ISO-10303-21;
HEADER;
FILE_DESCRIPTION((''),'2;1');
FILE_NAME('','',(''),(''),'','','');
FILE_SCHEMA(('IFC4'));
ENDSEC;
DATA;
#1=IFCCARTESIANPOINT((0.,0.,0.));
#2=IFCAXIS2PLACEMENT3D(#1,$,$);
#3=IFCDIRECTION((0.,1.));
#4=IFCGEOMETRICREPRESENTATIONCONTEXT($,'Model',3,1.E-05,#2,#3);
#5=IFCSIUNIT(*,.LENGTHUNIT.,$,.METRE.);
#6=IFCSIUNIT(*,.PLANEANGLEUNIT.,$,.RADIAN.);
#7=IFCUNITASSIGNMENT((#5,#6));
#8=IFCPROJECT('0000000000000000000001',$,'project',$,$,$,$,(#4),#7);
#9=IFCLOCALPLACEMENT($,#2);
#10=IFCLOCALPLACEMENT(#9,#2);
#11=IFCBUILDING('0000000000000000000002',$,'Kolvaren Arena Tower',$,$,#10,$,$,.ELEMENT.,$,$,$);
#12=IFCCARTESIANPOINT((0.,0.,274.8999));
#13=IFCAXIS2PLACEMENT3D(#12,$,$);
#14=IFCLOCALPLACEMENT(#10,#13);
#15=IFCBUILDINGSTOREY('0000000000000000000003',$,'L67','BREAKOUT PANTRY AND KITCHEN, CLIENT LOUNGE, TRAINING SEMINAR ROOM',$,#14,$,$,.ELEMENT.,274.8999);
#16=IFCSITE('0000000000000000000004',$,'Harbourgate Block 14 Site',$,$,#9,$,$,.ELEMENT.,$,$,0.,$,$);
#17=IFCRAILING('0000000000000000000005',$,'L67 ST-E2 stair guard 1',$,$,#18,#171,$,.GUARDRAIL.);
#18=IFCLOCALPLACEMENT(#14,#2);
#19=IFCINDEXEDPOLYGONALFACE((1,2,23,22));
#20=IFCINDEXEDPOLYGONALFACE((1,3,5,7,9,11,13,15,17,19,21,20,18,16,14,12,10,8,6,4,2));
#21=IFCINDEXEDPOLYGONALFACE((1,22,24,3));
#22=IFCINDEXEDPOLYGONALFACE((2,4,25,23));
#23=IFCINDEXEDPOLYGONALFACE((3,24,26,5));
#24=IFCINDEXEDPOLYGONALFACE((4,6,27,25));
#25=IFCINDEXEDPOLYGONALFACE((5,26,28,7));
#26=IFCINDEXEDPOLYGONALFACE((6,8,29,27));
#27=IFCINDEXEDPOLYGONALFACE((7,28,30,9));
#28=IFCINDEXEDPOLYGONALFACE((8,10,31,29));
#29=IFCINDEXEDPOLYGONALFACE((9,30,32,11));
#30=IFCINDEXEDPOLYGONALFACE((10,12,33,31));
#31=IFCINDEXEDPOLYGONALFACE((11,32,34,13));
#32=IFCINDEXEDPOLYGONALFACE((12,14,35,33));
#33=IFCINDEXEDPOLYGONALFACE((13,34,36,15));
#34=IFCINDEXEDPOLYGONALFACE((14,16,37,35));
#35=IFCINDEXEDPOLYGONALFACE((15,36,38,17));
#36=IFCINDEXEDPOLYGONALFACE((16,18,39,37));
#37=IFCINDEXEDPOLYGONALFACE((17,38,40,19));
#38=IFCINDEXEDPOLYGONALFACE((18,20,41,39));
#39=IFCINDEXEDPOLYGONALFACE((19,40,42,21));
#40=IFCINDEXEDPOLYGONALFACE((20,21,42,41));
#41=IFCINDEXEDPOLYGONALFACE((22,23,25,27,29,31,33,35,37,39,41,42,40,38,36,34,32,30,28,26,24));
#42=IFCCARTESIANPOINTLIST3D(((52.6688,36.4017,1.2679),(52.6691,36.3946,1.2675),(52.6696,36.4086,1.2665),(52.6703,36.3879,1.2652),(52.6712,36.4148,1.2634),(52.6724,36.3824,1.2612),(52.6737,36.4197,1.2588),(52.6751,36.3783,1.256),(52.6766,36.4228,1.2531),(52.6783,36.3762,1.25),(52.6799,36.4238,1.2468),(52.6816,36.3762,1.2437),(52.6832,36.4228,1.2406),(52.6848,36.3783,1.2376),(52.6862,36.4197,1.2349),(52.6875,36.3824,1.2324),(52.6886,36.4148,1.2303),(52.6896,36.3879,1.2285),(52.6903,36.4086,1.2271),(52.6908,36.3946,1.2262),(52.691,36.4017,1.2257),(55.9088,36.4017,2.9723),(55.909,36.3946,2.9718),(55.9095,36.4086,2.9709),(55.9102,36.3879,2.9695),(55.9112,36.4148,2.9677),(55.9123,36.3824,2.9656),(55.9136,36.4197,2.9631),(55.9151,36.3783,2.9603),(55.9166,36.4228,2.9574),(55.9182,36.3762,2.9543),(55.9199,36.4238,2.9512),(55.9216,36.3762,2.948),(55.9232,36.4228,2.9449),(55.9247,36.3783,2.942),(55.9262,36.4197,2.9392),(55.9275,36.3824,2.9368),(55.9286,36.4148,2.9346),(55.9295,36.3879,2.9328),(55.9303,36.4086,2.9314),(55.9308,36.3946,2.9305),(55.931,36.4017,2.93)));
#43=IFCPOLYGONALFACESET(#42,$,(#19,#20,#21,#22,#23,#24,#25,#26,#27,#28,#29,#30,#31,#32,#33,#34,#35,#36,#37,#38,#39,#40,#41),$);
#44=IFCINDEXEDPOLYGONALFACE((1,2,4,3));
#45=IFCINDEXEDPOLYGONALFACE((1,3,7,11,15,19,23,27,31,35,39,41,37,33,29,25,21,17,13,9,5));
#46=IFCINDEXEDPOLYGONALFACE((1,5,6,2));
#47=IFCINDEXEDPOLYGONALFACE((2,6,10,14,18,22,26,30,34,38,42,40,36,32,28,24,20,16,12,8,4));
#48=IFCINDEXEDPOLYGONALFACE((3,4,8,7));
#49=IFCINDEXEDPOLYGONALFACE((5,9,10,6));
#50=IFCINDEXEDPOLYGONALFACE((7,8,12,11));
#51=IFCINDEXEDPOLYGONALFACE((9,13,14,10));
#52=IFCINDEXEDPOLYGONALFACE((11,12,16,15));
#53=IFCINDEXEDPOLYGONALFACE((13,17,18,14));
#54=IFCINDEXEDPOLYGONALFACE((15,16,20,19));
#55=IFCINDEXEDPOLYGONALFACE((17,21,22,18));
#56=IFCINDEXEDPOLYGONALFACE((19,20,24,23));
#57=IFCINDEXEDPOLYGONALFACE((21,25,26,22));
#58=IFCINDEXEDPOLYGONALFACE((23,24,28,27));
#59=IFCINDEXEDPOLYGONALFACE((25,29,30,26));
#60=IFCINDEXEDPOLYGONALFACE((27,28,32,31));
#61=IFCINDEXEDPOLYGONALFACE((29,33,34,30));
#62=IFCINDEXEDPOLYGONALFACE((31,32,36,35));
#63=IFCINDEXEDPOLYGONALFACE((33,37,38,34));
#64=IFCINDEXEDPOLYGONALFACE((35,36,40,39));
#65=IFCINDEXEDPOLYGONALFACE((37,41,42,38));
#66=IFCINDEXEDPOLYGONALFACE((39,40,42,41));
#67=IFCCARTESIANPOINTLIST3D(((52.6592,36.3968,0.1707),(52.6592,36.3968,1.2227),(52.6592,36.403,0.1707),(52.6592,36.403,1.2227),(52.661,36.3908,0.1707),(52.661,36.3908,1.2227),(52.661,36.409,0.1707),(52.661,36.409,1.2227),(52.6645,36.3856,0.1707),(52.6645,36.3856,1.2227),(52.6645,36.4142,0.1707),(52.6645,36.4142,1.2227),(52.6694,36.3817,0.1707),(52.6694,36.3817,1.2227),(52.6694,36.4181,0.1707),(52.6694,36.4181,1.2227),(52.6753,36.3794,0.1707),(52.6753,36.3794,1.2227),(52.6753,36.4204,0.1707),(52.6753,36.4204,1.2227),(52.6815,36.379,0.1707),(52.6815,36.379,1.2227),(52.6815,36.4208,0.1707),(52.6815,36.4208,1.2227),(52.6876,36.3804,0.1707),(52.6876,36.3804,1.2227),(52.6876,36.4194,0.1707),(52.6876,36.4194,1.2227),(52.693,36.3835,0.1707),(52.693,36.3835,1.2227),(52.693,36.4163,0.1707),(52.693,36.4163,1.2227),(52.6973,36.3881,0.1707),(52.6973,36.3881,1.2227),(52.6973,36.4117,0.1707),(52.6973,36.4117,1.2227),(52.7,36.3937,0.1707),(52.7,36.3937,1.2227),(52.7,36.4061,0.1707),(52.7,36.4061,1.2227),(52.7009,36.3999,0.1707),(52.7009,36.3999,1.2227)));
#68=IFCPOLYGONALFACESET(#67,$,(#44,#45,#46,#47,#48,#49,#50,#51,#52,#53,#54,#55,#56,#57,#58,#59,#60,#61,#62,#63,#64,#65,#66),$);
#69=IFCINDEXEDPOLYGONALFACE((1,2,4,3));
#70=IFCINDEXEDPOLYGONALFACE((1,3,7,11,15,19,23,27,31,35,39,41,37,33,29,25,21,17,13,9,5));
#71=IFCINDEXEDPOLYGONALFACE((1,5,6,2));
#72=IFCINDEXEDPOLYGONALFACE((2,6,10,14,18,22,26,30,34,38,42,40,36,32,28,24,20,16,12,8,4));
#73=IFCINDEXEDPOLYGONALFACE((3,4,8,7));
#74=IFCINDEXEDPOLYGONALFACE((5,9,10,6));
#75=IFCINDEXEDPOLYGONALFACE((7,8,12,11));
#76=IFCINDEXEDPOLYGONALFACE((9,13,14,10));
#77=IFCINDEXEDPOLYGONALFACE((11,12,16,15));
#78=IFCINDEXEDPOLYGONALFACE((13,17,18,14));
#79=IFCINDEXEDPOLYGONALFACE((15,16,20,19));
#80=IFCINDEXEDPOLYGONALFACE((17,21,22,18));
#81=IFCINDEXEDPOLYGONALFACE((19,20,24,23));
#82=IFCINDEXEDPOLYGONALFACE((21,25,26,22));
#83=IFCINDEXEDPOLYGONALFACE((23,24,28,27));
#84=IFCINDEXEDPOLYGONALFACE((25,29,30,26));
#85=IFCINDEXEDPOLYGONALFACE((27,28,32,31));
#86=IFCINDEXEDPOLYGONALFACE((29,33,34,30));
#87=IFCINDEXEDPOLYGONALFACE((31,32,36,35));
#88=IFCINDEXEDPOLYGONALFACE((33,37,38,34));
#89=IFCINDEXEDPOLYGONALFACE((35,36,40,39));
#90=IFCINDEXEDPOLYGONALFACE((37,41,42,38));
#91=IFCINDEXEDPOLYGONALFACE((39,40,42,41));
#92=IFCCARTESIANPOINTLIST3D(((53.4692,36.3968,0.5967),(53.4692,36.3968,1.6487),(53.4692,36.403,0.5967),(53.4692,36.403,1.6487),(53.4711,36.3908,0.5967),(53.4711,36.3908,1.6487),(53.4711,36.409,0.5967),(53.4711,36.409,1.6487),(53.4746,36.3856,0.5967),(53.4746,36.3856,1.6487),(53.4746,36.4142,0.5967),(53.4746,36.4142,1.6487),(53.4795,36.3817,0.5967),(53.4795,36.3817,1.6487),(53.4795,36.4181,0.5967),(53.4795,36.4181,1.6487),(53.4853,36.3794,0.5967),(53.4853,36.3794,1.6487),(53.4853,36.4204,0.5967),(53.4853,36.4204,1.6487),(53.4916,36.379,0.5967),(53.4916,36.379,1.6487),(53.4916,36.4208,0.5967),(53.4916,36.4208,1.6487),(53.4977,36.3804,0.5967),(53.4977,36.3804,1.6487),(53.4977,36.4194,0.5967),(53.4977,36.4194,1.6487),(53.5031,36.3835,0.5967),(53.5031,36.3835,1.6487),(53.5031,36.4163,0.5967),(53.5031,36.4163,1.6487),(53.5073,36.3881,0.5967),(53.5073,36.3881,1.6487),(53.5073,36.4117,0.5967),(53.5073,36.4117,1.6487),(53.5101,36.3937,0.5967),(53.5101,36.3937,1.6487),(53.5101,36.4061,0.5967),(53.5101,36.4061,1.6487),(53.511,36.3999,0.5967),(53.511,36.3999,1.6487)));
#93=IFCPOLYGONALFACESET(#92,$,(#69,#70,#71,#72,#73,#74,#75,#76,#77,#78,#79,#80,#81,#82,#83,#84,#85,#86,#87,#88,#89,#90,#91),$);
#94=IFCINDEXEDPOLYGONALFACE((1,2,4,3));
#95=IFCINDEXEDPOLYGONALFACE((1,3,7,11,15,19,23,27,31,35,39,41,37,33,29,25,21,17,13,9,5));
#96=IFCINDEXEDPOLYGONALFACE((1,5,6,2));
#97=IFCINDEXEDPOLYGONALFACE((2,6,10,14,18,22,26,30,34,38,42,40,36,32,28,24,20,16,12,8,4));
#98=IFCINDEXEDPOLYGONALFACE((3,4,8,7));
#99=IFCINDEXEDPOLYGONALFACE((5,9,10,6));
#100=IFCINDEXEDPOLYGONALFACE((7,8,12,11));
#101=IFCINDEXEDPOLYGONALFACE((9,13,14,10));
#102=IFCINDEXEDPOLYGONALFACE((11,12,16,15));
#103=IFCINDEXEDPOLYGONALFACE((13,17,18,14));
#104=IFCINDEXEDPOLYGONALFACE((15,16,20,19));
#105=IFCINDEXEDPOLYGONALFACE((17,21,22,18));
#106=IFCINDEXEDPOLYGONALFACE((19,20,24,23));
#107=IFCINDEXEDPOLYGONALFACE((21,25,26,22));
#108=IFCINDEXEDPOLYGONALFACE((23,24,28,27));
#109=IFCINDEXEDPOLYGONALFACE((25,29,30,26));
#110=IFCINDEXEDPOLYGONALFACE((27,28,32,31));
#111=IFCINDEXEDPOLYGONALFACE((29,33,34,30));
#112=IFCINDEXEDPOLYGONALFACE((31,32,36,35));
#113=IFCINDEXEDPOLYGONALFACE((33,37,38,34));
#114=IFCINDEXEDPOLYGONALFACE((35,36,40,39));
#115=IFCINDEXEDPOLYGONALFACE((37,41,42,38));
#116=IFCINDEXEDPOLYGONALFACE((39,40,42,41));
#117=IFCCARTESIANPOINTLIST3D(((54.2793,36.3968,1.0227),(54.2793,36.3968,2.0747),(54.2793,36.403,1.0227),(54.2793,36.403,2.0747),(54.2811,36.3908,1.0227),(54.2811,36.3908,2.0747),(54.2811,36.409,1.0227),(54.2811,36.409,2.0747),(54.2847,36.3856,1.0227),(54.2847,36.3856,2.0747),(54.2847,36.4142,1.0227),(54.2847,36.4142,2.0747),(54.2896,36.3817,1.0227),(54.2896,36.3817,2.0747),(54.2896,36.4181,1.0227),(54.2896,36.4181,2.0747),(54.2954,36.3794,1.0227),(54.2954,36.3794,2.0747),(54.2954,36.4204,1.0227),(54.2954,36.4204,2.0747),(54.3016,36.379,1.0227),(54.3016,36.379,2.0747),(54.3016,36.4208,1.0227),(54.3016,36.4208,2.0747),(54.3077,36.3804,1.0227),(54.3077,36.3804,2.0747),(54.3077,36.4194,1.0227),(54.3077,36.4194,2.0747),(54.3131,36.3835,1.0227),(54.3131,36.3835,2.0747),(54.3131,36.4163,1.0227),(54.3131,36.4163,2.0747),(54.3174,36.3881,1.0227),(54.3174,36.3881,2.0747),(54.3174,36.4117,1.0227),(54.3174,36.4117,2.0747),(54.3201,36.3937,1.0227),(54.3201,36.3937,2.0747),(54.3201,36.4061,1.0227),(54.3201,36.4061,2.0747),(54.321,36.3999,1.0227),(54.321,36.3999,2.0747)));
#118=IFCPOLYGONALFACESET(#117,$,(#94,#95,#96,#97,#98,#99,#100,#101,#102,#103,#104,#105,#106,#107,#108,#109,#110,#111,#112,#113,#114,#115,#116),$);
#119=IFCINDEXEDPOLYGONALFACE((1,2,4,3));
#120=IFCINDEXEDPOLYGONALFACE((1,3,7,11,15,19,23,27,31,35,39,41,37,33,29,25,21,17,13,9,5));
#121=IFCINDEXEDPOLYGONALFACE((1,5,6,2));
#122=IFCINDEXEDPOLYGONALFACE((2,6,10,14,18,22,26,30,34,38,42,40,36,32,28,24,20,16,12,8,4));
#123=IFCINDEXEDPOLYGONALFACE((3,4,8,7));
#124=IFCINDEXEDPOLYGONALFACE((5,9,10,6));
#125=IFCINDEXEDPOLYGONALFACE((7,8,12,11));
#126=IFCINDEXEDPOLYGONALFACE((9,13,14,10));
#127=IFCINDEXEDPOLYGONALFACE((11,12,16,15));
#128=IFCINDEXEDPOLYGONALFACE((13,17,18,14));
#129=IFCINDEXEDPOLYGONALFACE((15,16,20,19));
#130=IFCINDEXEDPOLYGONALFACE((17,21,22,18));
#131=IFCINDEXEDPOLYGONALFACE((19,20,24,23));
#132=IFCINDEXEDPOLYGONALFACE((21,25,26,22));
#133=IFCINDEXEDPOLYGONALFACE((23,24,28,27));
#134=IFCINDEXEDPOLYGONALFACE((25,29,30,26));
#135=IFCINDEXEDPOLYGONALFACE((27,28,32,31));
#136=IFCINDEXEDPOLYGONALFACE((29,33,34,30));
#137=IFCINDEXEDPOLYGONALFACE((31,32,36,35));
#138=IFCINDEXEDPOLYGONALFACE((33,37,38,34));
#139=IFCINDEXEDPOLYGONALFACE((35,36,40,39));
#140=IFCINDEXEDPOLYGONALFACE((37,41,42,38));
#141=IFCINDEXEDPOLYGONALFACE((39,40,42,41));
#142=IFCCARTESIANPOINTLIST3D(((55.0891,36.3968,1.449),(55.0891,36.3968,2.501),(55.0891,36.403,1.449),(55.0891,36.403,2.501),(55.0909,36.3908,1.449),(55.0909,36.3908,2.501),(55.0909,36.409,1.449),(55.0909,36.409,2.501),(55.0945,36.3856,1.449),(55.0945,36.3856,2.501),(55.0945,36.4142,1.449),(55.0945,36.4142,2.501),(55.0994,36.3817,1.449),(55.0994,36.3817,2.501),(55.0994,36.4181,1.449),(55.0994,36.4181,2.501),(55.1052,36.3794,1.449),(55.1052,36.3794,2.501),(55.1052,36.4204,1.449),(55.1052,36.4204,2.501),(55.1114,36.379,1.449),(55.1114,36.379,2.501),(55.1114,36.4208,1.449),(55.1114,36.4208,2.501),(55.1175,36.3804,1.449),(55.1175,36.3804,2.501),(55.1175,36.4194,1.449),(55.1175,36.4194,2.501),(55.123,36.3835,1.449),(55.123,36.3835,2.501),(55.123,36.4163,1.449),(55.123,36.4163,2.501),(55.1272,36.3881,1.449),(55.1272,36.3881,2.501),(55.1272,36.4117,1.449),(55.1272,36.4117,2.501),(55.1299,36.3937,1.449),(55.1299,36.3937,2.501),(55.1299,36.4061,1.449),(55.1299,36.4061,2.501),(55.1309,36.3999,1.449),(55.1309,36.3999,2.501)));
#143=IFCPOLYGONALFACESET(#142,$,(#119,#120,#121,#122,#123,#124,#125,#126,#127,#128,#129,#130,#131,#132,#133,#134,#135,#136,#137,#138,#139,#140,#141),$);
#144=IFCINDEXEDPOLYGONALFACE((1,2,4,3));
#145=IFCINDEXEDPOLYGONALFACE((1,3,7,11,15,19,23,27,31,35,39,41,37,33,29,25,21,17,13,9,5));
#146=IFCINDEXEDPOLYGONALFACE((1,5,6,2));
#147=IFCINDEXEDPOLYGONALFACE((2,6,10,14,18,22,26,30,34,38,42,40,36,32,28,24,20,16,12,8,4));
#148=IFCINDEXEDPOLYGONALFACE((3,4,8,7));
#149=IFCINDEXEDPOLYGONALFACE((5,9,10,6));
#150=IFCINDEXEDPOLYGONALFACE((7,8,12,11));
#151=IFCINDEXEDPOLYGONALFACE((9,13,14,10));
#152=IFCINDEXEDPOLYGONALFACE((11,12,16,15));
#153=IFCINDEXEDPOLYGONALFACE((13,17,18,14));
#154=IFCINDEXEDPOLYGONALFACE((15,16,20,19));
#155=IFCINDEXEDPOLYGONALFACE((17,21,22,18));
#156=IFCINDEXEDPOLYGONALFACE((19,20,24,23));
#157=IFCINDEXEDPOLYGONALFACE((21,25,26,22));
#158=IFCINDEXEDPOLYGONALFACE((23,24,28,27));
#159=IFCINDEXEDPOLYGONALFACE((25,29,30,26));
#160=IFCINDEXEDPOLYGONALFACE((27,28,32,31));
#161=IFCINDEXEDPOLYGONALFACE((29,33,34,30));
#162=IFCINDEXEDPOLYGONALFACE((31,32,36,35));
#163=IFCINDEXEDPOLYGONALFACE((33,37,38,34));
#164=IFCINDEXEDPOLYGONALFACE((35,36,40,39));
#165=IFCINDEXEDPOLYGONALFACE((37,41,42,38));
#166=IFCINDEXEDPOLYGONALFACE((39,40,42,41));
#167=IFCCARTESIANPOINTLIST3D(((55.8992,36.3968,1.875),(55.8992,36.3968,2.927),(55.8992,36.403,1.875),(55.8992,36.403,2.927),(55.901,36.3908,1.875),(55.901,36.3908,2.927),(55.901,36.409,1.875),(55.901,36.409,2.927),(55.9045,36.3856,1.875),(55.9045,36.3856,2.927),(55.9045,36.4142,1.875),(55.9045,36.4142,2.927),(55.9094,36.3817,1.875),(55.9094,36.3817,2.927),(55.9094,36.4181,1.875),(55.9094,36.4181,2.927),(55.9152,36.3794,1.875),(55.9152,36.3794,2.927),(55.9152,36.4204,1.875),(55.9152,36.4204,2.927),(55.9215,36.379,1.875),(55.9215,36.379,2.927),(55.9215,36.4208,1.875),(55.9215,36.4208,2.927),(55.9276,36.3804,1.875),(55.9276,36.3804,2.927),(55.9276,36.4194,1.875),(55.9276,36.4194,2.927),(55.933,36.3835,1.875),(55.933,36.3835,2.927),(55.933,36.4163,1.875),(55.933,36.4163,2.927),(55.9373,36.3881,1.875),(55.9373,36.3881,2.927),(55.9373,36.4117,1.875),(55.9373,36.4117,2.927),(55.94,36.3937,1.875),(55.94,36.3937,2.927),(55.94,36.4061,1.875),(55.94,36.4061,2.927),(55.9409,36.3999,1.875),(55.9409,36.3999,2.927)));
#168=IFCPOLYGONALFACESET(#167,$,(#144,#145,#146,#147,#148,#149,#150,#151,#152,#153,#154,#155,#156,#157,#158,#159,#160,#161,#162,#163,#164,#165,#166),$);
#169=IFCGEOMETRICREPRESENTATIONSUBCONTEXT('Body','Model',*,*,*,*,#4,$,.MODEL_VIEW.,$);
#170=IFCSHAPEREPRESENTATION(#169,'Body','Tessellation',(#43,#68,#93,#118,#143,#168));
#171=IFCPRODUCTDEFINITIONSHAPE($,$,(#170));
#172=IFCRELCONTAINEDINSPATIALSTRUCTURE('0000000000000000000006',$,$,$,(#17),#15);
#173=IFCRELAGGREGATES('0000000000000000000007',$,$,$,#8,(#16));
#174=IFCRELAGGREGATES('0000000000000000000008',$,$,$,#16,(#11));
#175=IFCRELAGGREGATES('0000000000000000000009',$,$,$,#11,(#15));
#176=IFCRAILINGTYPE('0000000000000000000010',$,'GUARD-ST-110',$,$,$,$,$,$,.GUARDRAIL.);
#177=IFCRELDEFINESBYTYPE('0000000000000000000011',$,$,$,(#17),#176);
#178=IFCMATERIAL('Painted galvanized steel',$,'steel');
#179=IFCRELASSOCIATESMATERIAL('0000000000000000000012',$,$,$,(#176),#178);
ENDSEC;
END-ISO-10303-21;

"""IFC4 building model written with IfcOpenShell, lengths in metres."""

from ifc_helpers import new_model, si_unit, direction, frame, origin, origin_2d, place, context, subcontext, project, spatial, circle, extrude, material, type_object, element, save


model = new_model("IFC4")

# Units and contexts
model_context = context("Model", 3, precision=1e-05, world=origin(), true_north=direction((0.0, 1.0)))
body_context = subcontext(model_context, "Body", "Model", "MODEL_VIEW")
ifc_project = project(units=[si_unit("LENGTHUNIT", "METRE"), si_unit("PLANEANGLEUNIT", "RADIAN")], contexts=[model_context])

# Site, building, storey
site_placement = place(None, origin())
site = spatial("IfcSite", under=ifc_project, at=site_placement, Name="Harbourgate Block 14 Site", CompositionType="ELEMENT", RefElevation=0.0)
building_placement = place(site_placement, origin())
building = spatial("IfcBuilding", under=site, at=building_placement, Name="Kolvaren Arena Tower", CompositionType="ELEMENT")
storey_placement = place(building_placement, frame((0.0, 0.0, 274.8999)))
storey = spatial("IfcBuildingStorey", under=building, at=storey_placement, Name="L67", Description="BREAKOUT PANTRY AND KITCHEN, CLIENT LOUNGE, TRAINING SEMINAR ROOM", CompositionType="ELEMENT", Elevation=274.8999)

# Railing
ifc_material_1 = material(Name="Painted galvanized steel", Category="steel")
railing_type_1 = type_object("IfcRailingType", Name="GUARD-ST-110", PredefinedType="GUARDRAIL", material=ifc_material_1)
railing_1_placement = place(storey_placement, frame((52.6799, 36.3999, 0.1707)))
element("IfcRailing", 1, at=railing_1_placement, inside=storey, type_object=railing_type_1, Name="L67 ST-E2 stair guard 1", PredefinedType="GUARDRAIL", context=body_context, shape_type="SweptSolid", body=[
    extrude(circle(Radius=0.0239, at=origin_2d()), frame((0.0, 0.0, 1.0762), z_axis=(0.885021, 0.0, 0.465551), x_axis=(0.0, 1.0, 0.0)), (0.0, 0.0, 1.0), 3.6609),
    extrude(circle(Radius=0.021, at=origin_2d()), origin(), (0.0, 0.0, 1.0), 1.052),
    extrude(circle(Radius=0.021, at=origin_2d()), frame((0.8101, 0.0, 0.426)), (0.0, 0.0, 1.0), 1.052),
    extrude(circle(Radius=0.021, at=origin_2d()), frame((1.6201, 0.0, 0.8521)), (0.0, 0.0, 1.0), 1.052),
    extrude(circle(Radius=0.021, at=origin_2d()), frame((2.4299, 0.0, 1.2783)), (0.0, 0.0, 1.0), 1.052),
    extrude(circle(Radius=0.021, at=origin_2d()), frame((3.24, 0.0, 1.7043)), (0.0, 0.0, 1.0), 1.052),
])

save(model, "model.ifc")
